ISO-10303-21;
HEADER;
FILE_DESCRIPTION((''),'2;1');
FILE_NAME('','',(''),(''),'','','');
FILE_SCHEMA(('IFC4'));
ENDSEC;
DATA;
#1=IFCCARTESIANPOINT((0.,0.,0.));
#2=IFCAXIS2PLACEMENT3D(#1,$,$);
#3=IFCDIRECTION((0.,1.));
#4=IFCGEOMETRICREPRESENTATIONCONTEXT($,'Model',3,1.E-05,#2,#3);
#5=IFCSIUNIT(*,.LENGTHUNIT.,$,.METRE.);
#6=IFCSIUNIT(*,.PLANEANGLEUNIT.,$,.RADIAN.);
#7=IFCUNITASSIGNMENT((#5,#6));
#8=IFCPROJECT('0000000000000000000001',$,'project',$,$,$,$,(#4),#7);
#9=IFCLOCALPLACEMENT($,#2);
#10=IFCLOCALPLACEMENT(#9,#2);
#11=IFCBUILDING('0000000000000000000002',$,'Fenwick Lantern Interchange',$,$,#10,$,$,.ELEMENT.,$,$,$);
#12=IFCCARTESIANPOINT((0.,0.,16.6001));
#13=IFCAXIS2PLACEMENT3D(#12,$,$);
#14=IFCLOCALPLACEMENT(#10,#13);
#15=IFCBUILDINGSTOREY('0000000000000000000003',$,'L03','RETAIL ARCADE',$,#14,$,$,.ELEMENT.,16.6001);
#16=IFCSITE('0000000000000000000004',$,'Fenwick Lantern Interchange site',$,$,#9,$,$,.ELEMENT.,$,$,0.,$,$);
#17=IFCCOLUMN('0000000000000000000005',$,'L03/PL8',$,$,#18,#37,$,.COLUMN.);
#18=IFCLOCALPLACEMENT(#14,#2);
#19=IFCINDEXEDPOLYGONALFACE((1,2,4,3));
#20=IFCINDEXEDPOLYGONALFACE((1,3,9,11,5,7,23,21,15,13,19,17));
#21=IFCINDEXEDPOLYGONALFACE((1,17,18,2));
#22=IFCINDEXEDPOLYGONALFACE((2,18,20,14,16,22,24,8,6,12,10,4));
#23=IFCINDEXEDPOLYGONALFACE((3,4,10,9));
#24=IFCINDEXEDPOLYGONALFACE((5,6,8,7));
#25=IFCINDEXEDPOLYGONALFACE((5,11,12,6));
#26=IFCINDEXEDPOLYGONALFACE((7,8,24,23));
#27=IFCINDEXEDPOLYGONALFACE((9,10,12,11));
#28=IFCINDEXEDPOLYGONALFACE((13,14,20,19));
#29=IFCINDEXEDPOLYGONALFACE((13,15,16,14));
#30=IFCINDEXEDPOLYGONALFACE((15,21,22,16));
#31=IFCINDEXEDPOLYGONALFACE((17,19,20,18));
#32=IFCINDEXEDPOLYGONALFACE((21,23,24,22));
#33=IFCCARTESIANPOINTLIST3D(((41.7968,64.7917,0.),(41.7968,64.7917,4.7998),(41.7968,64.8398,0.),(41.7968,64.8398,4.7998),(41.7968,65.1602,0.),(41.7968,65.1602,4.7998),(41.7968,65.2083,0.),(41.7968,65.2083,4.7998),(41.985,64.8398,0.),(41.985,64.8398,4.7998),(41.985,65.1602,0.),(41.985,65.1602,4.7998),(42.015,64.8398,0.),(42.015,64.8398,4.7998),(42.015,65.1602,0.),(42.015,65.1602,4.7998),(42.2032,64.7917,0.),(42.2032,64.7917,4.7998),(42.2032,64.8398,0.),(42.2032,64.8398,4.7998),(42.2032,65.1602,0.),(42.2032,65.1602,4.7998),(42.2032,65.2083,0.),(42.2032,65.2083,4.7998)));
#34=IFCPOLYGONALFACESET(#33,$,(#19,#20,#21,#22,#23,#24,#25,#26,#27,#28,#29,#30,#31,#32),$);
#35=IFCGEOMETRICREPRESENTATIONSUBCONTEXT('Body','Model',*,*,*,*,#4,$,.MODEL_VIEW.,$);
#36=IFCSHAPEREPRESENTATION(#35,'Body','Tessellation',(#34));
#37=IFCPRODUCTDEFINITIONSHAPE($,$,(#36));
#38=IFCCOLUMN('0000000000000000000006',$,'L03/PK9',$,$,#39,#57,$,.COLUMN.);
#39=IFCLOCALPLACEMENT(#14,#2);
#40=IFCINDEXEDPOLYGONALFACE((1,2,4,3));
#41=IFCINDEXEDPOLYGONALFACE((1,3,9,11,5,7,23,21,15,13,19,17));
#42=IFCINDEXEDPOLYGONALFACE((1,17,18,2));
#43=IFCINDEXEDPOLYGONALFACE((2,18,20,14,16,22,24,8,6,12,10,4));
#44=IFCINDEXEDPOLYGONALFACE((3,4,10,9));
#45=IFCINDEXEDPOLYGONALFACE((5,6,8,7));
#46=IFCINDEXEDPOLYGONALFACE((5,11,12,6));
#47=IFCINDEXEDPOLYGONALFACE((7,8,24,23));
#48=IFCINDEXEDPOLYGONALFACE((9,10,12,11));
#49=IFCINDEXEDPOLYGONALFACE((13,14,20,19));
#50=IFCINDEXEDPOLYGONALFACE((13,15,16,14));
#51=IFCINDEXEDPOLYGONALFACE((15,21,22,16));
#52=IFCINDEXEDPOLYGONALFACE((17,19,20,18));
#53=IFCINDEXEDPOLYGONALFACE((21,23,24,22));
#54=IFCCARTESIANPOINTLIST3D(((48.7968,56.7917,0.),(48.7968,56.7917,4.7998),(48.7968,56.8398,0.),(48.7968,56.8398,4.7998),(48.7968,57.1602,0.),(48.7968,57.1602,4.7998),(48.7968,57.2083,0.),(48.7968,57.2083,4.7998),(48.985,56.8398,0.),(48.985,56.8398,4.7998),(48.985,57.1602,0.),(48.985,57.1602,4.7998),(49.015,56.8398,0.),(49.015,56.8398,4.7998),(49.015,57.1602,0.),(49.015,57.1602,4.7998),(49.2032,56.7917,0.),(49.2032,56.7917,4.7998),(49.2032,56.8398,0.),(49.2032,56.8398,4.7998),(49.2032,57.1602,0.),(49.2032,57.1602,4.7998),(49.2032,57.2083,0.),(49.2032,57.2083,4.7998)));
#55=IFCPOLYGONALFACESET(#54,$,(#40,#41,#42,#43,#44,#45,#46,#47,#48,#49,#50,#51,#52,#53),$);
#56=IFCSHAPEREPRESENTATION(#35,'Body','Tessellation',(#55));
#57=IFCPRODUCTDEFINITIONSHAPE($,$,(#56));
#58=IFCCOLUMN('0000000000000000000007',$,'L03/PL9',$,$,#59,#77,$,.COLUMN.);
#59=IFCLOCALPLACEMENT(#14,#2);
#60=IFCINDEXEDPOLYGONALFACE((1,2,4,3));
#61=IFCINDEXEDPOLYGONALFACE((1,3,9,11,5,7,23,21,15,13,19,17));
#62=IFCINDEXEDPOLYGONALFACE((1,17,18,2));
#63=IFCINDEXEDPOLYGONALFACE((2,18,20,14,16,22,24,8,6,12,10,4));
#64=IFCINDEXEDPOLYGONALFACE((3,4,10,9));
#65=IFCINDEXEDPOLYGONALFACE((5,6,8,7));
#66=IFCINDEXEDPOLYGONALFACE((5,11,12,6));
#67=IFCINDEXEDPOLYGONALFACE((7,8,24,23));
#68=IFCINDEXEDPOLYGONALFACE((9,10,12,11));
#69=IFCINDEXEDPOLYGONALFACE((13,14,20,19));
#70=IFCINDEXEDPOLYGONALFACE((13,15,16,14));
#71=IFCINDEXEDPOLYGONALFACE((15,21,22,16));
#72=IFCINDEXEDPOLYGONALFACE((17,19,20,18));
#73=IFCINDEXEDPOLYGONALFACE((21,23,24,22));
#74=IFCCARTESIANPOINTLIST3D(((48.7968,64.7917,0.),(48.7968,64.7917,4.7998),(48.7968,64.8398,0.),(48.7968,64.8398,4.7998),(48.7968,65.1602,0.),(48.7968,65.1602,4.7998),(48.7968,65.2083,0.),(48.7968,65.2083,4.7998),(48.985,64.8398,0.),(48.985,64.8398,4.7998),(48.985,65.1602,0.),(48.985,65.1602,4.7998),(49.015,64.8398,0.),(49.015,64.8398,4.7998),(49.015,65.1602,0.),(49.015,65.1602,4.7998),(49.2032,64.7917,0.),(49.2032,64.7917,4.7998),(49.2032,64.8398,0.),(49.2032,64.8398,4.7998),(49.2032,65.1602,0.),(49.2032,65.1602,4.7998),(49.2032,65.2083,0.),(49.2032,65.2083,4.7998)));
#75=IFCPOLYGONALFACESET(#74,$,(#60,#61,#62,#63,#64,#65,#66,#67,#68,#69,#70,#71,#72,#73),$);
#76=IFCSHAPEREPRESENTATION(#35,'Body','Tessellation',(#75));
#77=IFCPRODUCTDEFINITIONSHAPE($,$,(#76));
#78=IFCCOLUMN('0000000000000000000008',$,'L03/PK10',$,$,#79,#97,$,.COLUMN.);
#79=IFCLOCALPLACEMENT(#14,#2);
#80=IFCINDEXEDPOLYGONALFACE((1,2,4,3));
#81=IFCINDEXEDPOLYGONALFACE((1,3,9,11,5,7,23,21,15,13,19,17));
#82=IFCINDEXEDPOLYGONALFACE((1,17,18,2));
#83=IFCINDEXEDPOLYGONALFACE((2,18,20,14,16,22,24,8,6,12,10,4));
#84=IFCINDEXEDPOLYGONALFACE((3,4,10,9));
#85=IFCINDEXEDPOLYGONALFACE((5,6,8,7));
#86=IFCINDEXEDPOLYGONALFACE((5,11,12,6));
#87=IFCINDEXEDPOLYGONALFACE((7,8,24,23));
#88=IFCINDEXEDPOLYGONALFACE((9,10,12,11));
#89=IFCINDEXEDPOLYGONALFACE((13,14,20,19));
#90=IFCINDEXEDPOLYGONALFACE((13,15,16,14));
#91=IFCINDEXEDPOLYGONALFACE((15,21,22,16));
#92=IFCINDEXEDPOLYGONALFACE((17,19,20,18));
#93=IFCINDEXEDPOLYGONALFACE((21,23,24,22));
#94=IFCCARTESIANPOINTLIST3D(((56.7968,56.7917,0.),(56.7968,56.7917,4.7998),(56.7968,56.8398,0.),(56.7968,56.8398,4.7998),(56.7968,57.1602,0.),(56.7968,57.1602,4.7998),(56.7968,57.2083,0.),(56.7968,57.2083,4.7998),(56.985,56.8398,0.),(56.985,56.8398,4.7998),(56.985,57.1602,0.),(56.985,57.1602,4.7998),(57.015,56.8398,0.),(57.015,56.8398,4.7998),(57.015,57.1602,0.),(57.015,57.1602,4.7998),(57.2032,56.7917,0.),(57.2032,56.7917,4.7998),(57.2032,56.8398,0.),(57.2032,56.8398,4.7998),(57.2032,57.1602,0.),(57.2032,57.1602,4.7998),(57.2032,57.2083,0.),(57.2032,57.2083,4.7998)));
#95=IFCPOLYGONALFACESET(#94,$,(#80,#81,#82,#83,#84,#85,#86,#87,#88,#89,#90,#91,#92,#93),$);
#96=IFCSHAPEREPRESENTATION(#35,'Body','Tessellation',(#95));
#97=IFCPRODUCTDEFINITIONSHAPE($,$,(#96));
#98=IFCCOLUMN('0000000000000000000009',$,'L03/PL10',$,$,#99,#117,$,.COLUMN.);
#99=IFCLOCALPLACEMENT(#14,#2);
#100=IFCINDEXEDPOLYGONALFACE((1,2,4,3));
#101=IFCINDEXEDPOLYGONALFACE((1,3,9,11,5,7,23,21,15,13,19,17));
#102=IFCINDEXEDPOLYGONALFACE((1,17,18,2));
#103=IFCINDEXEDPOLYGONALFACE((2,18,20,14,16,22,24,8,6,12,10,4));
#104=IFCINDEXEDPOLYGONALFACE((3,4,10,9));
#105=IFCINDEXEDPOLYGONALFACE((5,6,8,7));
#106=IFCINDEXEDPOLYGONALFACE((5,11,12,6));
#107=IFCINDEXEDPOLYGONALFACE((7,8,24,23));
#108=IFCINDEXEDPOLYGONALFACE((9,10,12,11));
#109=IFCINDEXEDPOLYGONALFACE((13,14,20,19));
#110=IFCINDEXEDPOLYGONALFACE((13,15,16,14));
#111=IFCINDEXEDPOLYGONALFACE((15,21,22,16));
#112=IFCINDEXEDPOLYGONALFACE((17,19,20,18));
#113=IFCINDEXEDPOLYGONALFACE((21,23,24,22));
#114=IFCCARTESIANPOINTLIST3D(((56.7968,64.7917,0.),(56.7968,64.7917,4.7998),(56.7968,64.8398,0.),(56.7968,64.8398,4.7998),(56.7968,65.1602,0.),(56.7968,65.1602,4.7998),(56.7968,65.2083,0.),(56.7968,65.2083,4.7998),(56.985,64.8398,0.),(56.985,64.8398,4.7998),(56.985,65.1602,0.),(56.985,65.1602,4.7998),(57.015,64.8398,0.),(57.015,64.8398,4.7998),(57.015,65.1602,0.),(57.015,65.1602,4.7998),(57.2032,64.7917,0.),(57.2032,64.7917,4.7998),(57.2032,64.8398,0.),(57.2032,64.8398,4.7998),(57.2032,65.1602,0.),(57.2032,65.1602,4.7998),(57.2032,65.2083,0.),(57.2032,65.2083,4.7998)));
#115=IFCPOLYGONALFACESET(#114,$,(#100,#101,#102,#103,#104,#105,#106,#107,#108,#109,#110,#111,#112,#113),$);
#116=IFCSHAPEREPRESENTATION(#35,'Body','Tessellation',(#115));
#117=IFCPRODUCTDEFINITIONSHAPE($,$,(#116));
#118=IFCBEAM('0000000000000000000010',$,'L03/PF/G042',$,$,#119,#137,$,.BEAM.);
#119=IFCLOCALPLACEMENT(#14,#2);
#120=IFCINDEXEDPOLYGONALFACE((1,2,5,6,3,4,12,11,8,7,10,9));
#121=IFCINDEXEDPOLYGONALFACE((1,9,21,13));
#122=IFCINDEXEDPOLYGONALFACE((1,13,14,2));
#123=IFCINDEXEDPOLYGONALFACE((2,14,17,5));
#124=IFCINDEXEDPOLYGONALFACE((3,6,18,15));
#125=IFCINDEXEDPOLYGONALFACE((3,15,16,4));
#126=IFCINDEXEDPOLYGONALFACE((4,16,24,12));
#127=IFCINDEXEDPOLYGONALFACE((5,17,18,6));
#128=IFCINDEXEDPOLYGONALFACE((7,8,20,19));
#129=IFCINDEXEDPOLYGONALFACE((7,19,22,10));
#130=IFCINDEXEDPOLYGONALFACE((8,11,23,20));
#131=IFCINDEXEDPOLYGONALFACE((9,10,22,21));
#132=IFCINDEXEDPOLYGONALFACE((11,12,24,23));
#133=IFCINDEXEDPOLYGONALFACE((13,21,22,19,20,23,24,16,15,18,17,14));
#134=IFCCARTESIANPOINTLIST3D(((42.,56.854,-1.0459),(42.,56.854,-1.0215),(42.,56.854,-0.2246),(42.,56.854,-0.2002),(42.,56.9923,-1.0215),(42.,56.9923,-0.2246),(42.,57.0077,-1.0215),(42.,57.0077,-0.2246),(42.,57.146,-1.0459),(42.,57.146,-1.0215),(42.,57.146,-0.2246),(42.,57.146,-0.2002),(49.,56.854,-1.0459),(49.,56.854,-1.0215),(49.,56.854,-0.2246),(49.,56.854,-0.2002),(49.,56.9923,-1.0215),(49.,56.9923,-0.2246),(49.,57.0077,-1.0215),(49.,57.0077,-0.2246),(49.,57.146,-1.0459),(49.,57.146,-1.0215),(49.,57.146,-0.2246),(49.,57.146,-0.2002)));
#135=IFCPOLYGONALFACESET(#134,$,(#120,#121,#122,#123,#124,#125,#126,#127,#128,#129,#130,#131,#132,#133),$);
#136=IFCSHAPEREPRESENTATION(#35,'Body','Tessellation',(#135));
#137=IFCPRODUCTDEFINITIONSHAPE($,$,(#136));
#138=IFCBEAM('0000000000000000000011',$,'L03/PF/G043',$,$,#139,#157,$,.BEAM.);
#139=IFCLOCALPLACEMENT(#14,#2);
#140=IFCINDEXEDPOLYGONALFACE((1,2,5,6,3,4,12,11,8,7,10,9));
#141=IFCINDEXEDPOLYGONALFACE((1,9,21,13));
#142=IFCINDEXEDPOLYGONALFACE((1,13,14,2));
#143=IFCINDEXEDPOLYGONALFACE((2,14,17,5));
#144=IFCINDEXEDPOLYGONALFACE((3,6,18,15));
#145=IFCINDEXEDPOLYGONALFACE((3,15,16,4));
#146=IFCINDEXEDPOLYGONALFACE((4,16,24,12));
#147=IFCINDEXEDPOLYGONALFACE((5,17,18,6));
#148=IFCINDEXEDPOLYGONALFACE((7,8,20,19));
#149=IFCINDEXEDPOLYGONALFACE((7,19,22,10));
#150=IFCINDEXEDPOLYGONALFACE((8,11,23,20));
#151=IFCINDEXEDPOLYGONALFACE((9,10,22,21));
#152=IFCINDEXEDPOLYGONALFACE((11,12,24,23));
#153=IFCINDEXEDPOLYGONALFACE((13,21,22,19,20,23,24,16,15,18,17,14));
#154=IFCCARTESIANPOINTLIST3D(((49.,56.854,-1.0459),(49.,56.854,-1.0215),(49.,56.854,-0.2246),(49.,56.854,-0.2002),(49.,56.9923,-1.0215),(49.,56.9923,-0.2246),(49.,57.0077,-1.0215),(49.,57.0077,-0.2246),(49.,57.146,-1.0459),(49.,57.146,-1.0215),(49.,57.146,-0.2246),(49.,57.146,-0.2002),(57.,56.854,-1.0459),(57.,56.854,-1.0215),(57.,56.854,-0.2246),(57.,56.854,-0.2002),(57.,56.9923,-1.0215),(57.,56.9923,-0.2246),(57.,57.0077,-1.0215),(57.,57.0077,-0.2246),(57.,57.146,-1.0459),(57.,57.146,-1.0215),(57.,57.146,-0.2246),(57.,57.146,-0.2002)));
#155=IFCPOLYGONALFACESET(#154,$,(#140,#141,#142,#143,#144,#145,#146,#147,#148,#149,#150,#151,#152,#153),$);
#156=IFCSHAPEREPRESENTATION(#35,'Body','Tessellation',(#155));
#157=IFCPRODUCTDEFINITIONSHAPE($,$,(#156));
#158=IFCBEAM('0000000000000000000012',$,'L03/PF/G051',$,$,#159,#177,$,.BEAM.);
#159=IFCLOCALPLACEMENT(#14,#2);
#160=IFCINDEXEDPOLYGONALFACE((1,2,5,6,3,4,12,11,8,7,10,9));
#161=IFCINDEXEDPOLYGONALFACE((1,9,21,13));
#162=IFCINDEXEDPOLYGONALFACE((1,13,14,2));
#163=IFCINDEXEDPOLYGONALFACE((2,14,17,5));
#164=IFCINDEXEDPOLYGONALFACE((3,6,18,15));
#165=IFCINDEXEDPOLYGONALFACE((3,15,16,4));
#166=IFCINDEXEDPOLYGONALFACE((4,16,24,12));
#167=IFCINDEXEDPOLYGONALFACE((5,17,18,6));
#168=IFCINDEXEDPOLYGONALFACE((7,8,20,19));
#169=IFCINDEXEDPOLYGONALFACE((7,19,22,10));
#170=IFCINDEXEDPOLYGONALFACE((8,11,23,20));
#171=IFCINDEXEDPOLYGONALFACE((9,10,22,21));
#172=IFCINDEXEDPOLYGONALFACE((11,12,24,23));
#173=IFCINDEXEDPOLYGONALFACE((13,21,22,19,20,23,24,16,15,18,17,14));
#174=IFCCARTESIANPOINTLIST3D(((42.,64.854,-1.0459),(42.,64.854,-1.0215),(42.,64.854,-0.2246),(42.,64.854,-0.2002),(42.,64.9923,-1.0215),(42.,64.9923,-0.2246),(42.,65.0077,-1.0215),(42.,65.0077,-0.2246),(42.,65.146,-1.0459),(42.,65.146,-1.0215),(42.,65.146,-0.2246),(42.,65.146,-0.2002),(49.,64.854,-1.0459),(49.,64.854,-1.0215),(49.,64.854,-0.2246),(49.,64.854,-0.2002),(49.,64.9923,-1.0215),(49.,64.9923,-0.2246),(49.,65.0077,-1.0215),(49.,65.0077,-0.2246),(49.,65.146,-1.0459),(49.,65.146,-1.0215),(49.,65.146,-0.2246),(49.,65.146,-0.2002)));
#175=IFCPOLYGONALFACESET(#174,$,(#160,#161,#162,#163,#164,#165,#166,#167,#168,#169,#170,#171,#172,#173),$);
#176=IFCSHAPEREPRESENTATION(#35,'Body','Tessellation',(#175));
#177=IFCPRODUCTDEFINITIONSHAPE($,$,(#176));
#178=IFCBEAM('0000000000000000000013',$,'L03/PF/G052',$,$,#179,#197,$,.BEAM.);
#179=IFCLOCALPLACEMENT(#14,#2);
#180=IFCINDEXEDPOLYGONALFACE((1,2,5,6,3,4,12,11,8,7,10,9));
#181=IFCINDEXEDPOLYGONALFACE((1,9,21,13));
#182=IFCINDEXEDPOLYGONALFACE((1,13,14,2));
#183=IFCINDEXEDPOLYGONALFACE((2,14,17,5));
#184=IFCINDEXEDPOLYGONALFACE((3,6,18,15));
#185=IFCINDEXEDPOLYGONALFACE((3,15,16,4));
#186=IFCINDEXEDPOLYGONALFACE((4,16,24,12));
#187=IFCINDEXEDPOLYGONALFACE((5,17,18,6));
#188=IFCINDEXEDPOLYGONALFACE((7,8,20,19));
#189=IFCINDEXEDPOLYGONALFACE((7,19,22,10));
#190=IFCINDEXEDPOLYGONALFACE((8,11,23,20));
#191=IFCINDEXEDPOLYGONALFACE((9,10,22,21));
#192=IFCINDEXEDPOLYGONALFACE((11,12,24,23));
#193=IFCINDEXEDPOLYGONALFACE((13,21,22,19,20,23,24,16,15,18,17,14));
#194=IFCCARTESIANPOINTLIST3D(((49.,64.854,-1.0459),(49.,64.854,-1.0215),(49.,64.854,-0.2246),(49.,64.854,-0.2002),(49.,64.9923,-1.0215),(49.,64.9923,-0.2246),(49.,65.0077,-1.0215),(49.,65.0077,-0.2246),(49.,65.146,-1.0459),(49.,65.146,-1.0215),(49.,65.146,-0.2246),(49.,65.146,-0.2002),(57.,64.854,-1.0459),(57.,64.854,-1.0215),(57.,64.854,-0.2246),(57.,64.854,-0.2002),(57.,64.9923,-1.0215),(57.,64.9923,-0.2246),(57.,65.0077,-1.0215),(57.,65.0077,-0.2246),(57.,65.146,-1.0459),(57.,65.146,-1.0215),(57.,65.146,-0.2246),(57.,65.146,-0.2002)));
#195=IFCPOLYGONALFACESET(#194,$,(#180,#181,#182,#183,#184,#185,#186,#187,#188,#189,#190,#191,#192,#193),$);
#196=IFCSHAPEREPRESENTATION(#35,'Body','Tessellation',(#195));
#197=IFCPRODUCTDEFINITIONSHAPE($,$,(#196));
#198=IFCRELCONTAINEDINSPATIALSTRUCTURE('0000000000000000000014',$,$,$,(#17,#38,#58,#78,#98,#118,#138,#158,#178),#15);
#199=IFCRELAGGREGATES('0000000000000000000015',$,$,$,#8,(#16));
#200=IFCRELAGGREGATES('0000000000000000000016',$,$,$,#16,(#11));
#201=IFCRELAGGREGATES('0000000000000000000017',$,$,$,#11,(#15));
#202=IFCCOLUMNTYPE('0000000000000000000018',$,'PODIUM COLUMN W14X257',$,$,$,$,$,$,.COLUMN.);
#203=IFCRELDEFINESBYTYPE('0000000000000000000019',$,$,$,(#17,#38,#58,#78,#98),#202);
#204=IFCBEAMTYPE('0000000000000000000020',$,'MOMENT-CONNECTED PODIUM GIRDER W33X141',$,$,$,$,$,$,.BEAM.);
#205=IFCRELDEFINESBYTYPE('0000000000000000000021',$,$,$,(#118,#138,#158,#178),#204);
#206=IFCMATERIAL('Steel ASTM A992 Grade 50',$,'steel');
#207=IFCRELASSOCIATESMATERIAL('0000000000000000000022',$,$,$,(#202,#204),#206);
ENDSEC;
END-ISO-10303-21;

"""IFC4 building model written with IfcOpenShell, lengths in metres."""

from ifc_helpers import new_model, si_unit, direction, frame, origin, origin_2d, place, context, subcontext, project, spatial, i_section, extrude, material, material_profile, profile_set, type_object, element, save


model = new_model("IFC4")

# Units and contexts
model_context = context("Model", 3, precision=1e-05, world=origin(), true_north=direction((0.0, 1.0)))
body_context = subcontext(model_context, "Body", "Model", "MODEL_VIEW")
ifc_project = project(units=[si_unit("LENGTHUNIT", "METRE"), si_unit("PLANEANGLEUNIT", "RADIAN")], contexts=[model_context])

# Site, building, storey
site_placement = place(None, origin())
site = spatial("IfcSite", under=ifc_project, at=site_placement, Name="Fenwick Lantern Interchange site", CompositionType="ELEMENT", RefElevation=0.0)
building_placement = place(site_placement, origin())
building = spatial("IfcBuilding", under=site, at=building_placement, Name="Fenwick Lantern Interchange", CompositionType="ELEMENT")
storey_placement = place(building_placement, frame((0.0, 0.0, 16.6001)))
storey = spatial("IfcBuildingStorey", under=building, at=storey_placement, Name="L03", Description="RETAIL ARCADE", CompositionType="ELEMENT", Elevation=16.6001)

# Columns
ifc_material_1 = material(Name="Steel ASTM A992 Grade 50", Category="steel")
ifc_material_profile_1 = material_profile(ifc_material_1, i_section(OverallWidth=0.4065, OverallDepth=0.4165, WebThickness=0.03, FlangeThickness=0.0481, at=origin_2d()), Name="W14X257")
ifc_profile_set_1 = profile_set([ifc_material_profile_1], Name="Steel ASTM A992 Grade 50")
column_type = type_object("IfcColumnType", Name="PODIUM COLUMN W14X257", PredefinedType="COLUMN", material=ifc_profile_set_1)
for number, where, z_axis, x_axis, name in (
    (1, (42.0, 65.0, 0.0), (0.0, 0.0, 1.0), (1.0, 0.0, 0.0), "L03/PL8"),
    (2, (49.0, 57.0, 0.0), (0.0, 0.0, 1.0), (1.0, 0.0, 0.0), "L03/PK9"),
    (3, (49.0, 65.0, 0.0), (0.0, 0.0, 1.0), (1.0, 0.0, 0.0), "L03/PL9"),
    (4, (57.0, 57.0, 0.0), (0.0, 0.0, 1.0), (1.0, 0.0, 0.0), "L03/PK10"),
    (5, (57.0, 65.0, 0.0), (0.0, 0.0, 1.0), (1.0, 0.0, 0.0), "L03/PL10"),
):
    element("IfcColumn", number, at=place(storey_placement, frame(where, z_axis=z_axis, x_axis=x_axis)), inside=storey, type_object=column_type, Name=name, PredefinedType="COLUMN", context=body_context, shape_type="SweptSolid", body=[
        extrude(i_section(OverallWidth=0.4065, OverallDepth=0.4165, WebThickness=0.03, FlangeThickness=0.0481, at=origin_2d()), origin(), (0.0, 0.0, 1.0), 4.7998),
    ])

# Beams
ifc_material_profile_2 = material_profile(ifc_material_1, i_section(OverallWidth=0.292, OverallDepth=0.8457, WebThickness=0.0154, FlangeThickness=0.0244, at=origin_2d()), Name="W33X141")
ifc_profile_set_2 = profile_set([ifc_material_profile_2], Name="Steel ASTM A992 Grade 50")
beam_type_1 = type_object("IfcBeamType", Name="MOMENT-CONNECTED PODIUM GIRDER W33X141", PredefinedType="BEAM", material=ifc_profile_set_2)
beam_1_placement = place(storey_placement, frame((42.0, 57.0, -0.623), z_axis=(1.0, 0.0, 0.0), x_axis=(0.0, 1.0, 0.0)))
element("IfcBeam", 6, at=beam_1_placement, inside=storey, type_object=beam_type_1, Name="L03/PF/G042", PredefinedType="BEAM", context=body_context, shape_type="SweptSolid", body=[
    extrude(i_section(OverallWidth=0.292, OverallDepth=0.8457, WebThickness=0.0154, FlangeThickness=0.0244, at=origin_2d()), origin(), (0.0, 0.0, 1.0), 7.0),
])
beam_2_placement = place(storey_placement, frame((49.0, 57.0, -0.623), z_axis=(1.0, 0.0, 0.0), x_axis=(0.0, 1.0, 0.0)))
element("IfcBeam", 7, at=beam_2_placement, inside=storey, type_object=beam_type_1, Name="L03/PF/G043", PredefinedType="BEAM", context=body_context, shape_type="SweptSolid", body=[
    extrude(i_section(OverallWidth=0.292, OverallDepth=0.8457, WebThickness=0.0154, FlangeThickness=0.0244, at=origin_2d()), origin(), (0.0, 0.0, 1.0), 8.0),
])
beam_3_placement = place(storey_placement, frame((42.0, 65.0, -0.623), z_axis=(1.0, 0.0, 0.0), x_axis=(0.0, 1.0, 0.0)))
element("IfcBeam", 8, at=beam_3_placement, inside=storey, type_object=beam_type_1, Name="L03/PF/G051", PredefinedType="BEAM", context=body_context, shape_type="SweptSolid", body=[
    extrude(i_section(OverallWidth=0.292, OverallDepth=0.8457, WebThickness=0.0154, FlangeThickness=0.0244, at=origin_2d()), origin(), (0.0, 0.0, 1.0), 7.0),
])
for number, where, z_axis, x_axis, name in (
    (9, (49.0, 65.0, -0.623), (1.0, 0.0, 0.0), (0.0, 1.0, 0.0), "L03/PF/G052"),
):
    element("IfcBeam", number, at=place(storey_placement, frame(where, z_axis=z_axis, x_axis=x_axis)), inside=storey, type_object=beam_type_1, Name=name, PredefinedType="BEAM", context=body_context, shape_type="SweptSolid", body=[
        extrude(i_section(OverallWidth=0.292, OverallDepth=0.8457, WebThickness=0.0154, FlangeThickness=0.0244, at=origin_2d()), origin(), (0.0, 0.0, 1.0), 8.0),
    ])

save(model, "model.ifc")
